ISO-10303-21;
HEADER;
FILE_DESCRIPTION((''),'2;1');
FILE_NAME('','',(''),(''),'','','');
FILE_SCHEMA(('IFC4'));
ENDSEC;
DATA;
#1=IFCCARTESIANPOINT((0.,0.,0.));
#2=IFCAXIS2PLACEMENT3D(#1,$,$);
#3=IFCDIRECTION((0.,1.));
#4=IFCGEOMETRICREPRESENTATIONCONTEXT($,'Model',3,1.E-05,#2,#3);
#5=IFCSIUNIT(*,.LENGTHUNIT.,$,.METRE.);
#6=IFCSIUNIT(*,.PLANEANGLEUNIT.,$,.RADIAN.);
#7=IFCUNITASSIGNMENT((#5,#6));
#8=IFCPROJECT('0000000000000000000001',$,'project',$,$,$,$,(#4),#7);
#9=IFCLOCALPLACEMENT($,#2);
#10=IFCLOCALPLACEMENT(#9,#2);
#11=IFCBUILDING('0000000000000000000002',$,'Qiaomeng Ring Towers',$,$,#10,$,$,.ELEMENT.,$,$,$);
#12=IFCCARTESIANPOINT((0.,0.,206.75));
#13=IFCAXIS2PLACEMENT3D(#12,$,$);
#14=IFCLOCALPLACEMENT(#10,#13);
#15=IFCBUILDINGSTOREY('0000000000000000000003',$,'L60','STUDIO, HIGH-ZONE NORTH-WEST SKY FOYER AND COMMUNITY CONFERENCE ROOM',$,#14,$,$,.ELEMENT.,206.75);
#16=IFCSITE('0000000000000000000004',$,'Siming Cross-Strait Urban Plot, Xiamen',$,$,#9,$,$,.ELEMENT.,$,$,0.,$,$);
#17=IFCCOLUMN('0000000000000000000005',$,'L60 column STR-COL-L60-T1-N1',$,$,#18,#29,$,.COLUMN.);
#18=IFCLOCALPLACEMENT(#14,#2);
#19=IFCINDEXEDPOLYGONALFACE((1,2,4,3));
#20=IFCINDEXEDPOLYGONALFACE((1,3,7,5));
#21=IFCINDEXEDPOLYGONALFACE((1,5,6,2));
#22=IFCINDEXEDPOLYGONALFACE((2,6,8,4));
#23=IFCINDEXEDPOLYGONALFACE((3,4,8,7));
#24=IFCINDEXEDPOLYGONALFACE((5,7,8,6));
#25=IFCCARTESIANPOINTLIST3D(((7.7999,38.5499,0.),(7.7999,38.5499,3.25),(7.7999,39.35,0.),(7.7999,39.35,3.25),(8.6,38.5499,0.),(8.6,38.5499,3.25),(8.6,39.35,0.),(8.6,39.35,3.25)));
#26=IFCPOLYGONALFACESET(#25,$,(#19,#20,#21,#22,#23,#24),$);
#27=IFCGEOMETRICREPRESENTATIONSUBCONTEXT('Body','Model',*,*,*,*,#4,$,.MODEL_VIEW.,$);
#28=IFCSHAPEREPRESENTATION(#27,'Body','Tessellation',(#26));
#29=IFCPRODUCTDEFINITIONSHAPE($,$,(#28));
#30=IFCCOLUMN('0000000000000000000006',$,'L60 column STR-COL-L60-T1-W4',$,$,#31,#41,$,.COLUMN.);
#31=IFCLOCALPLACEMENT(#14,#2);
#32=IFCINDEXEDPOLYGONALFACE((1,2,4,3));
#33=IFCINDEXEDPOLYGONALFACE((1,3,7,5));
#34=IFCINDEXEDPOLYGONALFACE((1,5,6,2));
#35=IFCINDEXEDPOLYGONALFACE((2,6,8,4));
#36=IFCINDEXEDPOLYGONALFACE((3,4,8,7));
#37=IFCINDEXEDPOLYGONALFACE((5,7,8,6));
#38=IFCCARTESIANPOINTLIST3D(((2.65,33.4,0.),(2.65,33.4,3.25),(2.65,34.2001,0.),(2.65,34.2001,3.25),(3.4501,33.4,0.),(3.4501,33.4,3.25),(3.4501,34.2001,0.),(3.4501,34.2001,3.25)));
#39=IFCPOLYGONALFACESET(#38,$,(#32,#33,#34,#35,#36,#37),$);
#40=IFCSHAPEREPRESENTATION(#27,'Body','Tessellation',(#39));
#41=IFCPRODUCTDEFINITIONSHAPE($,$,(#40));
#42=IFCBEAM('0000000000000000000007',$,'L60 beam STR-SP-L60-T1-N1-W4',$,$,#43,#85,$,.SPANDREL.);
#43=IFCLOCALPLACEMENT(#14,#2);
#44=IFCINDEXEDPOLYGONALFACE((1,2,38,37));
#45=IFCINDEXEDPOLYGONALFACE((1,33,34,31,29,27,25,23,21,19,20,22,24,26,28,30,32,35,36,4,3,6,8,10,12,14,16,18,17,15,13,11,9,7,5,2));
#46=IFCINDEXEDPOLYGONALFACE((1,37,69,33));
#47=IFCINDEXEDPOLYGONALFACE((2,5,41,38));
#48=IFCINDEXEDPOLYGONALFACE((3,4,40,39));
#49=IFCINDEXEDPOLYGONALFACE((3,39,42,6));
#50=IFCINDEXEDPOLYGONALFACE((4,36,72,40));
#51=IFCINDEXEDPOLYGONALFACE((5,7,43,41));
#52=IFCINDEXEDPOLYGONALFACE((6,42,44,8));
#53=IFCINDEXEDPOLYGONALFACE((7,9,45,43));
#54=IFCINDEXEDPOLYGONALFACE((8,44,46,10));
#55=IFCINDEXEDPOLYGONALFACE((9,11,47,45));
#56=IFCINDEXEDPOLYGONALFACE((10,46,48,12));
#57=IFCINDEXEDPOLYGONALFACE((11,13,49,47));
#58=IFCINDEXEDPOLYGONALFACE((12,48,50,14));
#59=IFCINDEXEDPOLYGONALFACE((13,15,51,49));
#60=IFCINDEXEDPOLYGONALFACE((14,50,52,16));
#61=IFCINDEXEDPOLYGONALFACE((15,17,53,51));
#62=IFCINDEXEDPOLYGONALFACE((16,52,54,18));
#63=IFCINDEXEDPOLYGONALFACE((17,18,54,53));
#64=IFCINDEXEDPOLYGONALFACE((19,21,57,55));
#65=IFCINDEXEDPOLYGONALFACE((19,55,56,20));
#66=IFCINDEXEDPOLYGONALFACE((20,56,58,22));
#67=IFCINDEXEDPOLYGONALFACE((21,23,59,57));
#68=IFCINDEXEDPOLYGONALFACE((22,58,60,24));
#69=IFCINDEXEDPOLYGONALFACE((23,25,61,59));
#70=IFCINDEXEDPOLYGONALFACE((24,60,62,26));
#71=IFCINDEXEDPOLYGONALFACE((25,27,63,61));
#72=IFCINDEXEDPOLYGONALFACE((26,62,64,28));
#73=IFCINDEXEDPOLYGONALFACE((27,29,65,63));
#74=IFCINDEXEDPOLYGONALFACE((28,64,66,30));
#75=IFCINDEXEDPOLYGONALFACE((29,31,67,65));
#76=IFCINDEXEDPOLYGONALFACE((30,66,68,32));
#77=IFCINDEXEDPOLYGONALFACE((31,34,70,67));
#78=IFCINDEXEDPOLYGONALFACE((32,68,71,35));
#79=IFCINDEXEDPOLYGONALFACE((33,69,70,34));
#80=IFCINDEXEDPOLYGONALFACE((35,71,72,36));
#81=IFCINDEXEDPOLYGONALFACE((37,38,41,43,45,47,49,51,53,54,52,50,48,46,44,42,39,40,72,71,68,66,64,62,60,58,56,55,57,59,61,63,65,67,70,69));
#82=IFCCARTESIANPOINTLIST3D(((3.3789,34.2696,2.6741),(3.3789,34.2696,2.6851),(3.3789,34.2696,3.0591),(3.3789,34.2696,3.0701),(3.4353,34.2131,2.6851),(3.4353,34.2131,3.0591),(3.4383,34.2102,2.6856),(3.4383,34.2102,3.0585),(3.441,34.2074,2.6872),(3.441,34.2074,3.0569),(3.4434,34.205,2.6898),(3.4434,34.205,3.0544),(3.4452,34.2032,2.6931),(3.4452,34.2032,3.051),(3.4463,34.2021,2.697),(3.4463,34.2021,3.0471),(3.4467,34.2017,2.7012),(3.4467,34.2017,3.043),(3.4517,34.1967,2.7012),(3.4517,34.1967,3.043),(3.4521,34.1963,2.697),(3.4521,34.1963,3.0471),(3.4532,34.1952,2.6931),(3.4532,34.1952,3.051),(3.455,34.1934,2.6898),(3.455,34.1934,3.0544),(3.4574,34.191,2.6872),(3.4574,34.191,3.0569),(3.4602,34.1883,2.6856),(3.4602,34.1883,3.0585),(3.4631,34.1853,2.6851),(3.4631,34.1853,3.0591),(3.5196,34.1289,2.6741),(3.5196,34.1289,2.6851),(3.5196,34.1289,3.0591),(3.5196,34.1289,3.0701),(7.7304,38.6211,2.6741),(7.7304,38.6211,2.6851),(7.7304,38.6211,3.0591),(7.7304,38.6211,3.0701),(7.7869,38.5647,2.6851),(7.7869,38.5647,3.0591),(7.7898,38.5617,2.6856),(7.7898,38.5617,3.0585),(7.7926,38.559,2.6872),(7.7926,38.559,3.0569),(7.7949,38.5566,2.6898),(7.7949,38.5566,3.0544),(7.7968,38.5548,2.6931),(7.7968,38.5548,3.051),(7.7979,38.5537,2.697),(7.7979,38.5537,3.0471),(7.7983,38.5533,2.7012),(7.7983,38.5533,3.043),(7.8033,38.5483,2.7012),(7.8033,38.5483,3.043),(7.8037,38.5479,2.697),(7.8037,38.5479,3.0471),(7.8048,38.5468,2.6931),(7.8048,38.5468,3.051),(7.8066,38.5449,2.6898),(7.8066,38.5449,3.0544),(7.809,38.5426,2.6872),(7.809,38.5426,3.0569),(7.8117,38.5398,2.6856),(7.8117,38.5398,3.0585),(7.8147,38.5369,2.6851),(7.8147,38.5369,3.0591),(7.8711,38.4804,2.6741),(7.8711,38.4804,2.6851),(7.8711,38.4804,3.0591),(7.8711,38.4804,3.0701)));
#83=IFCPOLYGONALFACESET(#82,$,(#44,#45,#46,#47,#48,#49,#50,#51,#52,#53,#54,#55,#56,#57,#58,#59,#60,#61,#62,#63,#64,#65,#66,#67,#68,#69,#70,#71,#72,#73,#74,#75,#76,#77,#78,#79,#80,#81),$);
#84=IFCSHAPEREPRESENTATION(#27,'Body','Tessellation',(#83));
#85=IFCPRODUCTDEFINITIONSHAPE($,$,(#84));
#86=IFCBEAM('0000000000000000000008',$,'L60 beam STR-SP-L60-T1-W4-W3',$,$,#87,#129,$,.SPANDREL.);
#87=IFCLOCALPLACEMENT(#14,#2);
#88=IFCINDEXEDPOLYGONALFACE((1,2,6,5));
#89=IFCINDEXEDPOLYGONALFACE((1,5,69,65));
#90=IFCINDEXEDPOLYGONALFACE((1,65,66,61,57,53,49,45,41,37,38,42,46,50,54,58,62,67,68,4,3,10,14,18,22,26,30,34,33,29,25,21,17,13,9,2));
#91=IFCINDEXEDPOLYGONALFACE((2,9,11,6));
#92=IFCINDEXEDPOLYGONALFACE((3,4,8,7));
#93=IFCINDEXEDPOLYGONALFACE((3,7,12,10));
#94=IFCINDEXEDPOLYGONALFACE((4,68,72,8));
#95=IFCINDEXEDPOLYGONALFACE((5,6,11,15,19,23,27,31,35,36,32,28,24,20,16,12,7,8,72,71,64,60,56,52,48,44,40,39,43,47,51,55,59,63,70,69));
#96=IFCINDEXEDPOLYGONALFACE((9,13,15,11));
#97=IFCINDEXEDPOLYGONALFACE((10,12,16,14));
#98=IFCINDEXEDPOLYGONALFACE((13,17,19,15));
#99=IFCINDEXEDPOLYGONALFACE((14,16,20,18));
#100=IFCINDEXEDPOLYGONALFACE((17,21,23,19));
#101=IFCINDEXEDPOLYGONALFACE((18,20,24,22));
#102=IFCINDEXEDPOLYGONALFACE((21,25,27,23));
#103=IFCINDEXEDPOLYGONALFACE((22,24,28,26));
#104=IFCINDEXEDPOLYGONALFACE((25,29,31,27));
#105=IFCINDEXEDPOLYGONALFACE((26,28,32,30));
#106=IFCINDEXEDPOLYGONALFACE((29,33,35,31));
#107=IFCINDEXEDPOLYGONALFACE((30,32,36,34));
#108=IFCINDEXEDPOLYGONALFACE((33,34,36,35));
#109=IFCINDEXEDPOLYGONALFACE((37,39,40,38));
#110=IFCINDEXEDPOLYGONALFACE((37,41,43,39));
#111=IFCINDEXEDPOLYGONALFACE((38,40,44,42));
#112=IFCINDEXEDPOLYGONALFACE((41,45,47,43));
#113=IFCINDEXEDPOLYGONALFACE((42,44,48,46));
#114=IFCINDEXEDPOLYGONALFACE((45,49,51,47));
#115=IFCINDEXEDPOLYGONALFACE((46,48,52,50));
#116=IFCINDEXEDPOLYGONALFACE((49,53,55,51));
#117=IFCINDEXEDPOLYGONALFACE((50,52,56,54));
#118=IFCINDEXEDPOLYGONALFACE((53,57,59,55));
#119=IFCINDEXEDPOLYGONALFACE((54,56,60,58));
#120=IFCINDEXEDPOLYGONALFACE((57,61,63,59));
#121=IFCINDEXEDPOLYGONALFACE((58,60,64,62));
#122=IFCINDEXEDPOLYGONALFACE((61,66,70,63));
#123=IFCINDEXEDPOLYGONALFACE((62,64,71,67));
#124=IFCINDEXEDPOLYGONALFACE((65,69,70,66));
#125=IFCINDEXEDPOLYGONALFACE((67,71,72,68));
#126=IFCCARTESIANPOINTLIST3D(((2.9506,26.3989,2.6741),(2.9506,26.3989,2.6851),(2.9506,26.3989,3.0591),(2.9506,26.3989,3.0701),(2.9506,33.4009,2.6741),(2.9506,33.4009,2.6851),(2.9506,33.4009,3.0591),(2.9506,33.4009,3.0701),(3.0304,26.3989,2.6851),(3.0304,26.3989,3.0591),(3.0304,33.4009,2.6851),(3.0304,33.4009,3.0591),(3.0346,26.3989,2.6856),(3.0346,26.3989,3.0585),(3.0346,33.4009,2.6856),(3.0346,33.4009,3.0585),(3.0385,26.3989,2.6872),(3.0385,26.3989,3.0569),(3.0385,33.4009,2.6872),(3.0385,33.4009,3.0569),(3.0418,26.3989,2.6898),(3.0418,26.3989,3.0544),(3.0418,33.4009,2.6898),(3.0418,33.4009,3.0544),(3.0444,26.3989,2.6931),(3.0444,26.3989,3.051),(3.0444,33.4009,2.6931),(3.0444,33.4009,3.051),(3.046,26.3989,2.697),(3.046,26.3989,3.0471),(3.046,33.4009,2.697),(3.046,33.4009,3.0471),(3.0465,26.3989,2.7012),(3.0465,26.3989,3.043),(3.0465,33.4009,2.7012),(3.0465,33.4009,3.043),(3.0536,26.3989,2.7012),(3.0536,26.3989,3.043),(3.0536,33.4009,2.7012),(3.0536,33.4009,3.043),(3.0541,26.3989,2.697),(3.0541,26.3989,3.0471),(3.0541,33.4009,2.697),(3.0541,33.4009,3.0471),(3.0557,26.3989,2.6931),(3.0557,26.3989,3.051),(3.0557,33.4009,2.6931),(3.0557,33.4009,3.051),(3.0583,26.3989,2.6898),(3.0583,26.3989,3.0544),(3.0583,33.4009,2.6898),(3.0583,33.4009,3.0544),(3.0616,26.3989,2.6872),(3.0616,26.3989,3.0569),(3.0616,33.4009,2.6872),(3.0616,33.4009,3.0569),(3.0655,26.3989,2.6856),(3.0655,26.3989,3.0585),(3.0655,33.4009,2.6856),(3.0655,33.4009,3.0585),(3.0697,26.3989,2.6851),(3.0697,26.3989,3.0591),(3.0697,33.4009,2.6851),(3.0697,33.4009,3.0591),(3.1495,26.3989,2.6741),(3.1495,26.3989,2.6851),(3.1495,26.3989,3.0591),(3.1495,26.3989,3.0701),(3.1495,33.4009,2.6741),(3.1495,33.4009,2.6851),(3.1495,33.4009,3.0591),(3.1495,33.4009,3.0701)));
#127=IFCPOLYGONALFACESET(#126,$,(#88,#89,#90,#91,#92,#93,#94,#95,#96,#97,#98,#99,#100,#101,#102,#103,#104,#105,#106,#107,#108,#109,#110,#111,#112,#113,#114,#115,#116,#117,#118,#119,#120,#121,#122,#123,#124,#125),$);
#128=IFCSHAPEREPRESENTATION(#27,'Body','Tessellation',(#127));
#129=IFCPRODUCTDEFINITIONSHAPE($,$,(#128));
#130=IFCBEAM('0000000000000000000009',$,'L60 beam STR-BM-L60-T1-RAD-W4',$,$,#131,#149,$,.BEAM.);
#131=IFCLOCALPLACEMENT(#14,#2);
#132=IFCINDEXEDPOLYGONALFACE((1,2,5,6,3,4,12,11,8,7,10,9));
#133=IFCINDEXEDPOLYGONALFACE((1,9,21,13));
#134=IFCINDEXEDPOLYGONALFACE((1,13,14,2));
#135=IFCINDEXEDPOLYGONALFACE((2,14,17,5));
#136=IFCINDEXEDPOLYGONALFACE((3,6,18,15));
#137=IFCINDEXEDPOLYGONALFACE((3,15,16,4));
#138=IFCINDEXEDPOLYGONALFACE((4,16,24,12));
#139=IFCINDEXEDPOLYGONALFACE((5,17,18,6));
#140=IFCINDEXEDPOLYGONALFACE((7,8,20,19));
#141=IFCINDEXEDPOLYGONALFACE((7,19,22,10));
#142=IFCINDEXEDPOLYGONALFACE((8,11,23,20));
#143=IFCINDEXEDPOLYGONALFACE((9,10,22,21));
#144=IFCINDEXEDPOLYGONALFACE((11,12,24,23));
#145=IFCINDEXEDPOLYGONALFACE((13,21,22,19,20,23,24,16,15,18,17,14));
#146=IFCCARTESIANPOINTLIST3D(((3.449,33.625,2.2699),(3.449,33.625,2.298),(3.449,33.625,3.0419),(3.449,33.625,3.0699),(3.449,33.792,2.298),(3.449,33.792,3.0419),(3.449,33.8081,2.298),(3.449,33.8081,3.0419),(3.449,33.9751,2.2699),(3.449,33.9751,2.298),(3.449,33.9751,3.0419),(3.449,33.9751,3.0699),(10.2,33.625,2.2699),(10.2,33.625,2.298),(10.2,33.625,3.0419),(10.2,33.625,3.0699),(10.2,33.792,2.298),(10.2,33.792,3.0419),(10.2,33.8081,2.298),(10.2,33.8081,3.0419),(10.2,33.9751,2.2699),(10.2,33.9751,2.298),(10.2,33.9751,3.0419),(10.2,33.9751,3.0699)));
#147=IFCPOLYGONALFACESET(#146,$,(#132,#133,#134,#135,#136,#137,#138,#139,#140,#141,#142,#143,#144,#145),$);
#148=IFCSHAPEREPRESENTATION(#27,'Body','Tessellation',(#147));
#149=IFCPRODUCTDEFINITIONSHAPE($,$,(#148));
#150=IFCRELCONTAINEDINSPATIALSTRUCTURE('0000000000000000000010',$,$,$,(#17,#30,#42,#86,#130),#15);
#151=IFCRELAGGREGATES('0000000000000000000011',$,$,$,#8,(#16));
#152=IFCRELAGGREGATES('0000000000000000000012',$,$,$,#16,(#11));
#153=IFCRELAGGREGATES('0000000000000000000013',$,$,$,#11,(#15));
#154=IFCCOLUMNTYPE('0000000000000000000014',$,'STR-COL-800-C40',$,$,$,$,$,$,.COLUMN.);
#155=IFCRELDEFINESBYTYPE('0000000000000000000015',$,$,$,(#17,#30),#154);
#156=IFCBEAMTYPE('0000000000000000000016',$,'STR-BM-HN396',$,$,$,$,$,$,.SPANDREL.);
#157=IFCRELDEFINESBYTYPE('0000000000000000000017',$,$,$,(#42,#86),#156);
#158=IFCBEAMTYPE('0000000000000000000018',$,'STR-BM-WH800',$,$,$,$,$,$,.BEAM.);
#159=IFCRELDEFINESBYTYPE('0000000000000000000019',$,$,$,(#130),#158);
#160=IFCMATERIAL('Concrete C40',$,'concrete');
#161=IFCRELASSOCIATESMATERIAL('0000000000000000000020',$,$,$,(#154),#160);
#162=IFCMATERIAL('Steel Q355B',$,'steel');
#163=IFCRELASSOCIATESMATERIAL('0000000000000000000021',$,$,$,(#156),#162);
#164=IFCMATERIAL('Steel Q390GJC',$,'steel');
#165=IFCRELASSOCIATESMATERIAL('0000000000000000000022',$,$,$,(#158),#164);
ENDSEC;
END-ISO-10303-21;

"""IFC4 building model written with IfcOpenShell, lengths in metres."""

from ifc_helpers import new_model, si_unit, direction, frame, origin, origin_2d, place, context, subcontext, project, spatial, rectangle, i_section, extrude, source, transform, mapped, material, material_profile, profile_set, type_object, element, save


model = new_model("IFC4")

# Units and contexts
model_context = context("Model", 3, precision=1e-05, world=origin(), true_north=direction((0.0, 1.0)))
body_context = subcontext(model_context, "Body", "Model", "MODEL_VIEW")
ifc_project = project(units=[si_unit("LENGTHUNIT", "METRE"), si_unit("PLANEANGLEUNIT", "RADIAN")], contexts=[model_context])

# Site, building, storey
site_placement = place(None, origin())
site = spatial("IfcSite", under=ifc_project, at=site_placement, Name="Siming Cross-Strait Urban Plot, Xiamen", CompositionType="ELEMENT", RefElevation=0.0)
building_placement = place(site_placement, origin())
building = spatial("IfcBuilding", under=site, at=building_placement, Name="Qiaomeng Ring Towers", CompositionType="ELEMENT")
storey_placement = place(building_placement, frame((0.0, 0.0, 206.75)))
storey = spatial("IfcBuildingStorey", under=building, at=storey_placement, Name="L60", Description="STUDIO, HIGH-ZONE NORTH-WEST SKY FOYER AND COMMUNITY CONFERENCE ROOM", CompositionType="ELEMENT", Elevation=206.75)

# Columns
ifc_material_1 = material(Name="Concrete C40", Category="concrete")
ifc_material_profile_1 = material_profile(ifc_material_1, rectangle(XDim=0.8, YDim=0.8, at=origin_2d()), Name="RC COL 800x800")
ifc_profile_set_1 = profile_set([ifc_material_profile_1], Name="Concrete C40")
column_type = type_object("IfcColumnType", Name="STR-COL-800-C40", PredefinedType="COLUMN", material=ifc_profile_set_1)
shared_shape_1 = source(origin(), body_context, "Body", "SweptSolid", [
    extrude(rectangle(XDim=0.8, YDim=0.8, at=origin_2d()), origin(), (0.0, 0.0, 1.0), 3.25),
])
for number, where, z_axis, x_axis, name in (
    (1, (8.2, 38.95, 0.0), (0.0, 0.0, 1.0), (1.0, 0.0, 0.0), "L60 column STR-COL-L60-T1-N1"),
    (2, (3.05, 33.8, 0.0), (0.0, 0.0, 1.0), (1.0, 0.0, 0.0), "L60 column STR-COL-L60-T1-W4"),
):
    element("IfcColumn", number, at=place(storey_placement, frame(where, z_axis=z_axis, x_axis=x_axis)), inside=storey, type_object=column_type, Name=name, PredefinedType="COLUMN", context=body_context, shape_type="MappedRepresentation", body=[
        mapped(shared_shape_1, transform((0.0, 0.0, 0.0), x_axis=(1.0, 0.0, 0.0), y_axis=(0.0, 1.0, 0.0), z_axis=(0.0, 0.0, 1.0), scale=1.0)),
    ])

# Beams
ifc_material_2 = material(Name="Steel Q355B", Category="steel")
ifc_material_profile_2 = material_profile(ifc_material_2, i_section(OverallWidth=0.199, OverallDepth=0.396, WebThickness=0.0071, FlangeThickness=0.011, FilletRadius=0.0161, at=origin_2d()), Name="HN 396x199x7x11")
ifc_profile_set_2 = profile_set([ifc_material_profile_2], Name="Steel Q355B")
beam_type_1 = type_object("IfcBeamType", Name="STR-BM-HN396", PredefinedType="SPANDREL", material=ifc_profile_set_2)
shared_shape_2 = source(origin(), body_context, "Body", "SweptSolid", [
    extrude(i_section(OverallWidth=0.199, OverallDepth=0.396, WebThickness=0.0071, FlangeThickness=0.011, FilletRadius=0.0161, at=origin_2d()), origin(), (0.0, 0.0, 1.0), 6.1541),
])
beam_1_placement = place(storey_placement, frame((7.8008, 38.5508, 2.8721), z_axis=(-0.707107, -0.707107, 0.0), x_axis=(0.707107, -0.707107, 0.0)))
element("IfcBeam", 3, at=beam_1_placement, inside=storey, type_object=beam_type_1, Name="L60 beam STR-SP-L60-T1-N1-W4", PredefinedType="SPANDREL", context=body_context, shape_type="MappedRepresentation", body=[
    mapped(shared_shape_2, transform((0.0, 0.0, 0.0), x_axis=(1.0, 0.0, 0.0), y_axis=(0.0, 1.0, 0.0), z_axis=(0.0, 0.0, 1.0), scale=1.0)),
])
shared_shape_3 = source(origin(), body_context, "Body", "SweptSolid", [
    extrude(i_section(OverallWidth=0.199, OverallDepth=0.396, WebThickness=0.0071, FlangeThickness=0.011, FilletRadius=0.0161, at=origin_2d()), origin(), (0.0, 0.0, 1.0), 7.002),
])
beam_2_placement = place(storey_placement, frame((3.05, 33.4009, 2.8721), z_axis=(0.0, -1.0, 0.0), x_axis=(1.0, 0.0, 0.0)))
element("IfcBeam", 4, at=beam_2_placement, inside=storey, type_object=beam_type_1, Name="L60 beam STR-SP-L60-T1-W4-W3", PredefinedType="SPANDREL", context=body_context, shape_type="MappedRepresentation", body=[
    mapped(shared_shape_3, transform((0.0, 0.0, 0.0), x_axis=(1.0, 0.0, 0.0), y_axis=(0.0, 1.0, 0.0), z_axis=(0.0, 0.0, 1.0), scale=1.0)),
])
ifc_material_3 = material(Name="Steel Q390GJC", Category="steel")
ifc_material_profile_3 = material_profile(ifc_material_3, i_section(OverallWidth=0.3501, OverallDepth=0.8, WebThickness=0.0161, FlangeThickness=0.0281, at=origin_2d()), Name="WH 800x350x16x28")
ifc_profile_set_3 = profile_set([ifc_material_profile_3], Name="Steel Q390GJC")
beam_type_2 = type_object("IfcBeamType", Name="STR-BM-WH800", PredefinedType="BEAM", material=ifc_profile_set_3)
shared_shape_4 = source(origin(), body_context, "Body", "SweptSolid", [
    extrude(i_section(OverallWidth=0.3501, OverallDepth=0.8, WebThickness=0.0161, FlangeThickness=0.0281, at=origin_2d()), origin(), (0.0, 0.0, 1.0), 6.751),
])
beam_3_placement = place(storey_placement, frame((3.449, 33.8, 2.6699), z_axis=(1.0, 0.0, 0.0), x_axis=(0.0, 1.0, 0.0)))
element("IfcBeam", 5, at=beam_3_placement, inside=storey, type_object=beam_type_2, Name="L60 beam STR-BM-L60-T1-RAD-W4", PredefinedType="BEAM", context=body_context, shape_type="MappedRepresentation", body=[
    mapped(shared_shape_4, transform((0.0, 0.0, 0.0), x_axis=(1.0, 0.0, 0.0), y_axis=(0.0, 1.0, 0.0), z_axis=(0.0, 0.0, 1.0), scale=1.0)),
])

save(model, "model.ifc")
